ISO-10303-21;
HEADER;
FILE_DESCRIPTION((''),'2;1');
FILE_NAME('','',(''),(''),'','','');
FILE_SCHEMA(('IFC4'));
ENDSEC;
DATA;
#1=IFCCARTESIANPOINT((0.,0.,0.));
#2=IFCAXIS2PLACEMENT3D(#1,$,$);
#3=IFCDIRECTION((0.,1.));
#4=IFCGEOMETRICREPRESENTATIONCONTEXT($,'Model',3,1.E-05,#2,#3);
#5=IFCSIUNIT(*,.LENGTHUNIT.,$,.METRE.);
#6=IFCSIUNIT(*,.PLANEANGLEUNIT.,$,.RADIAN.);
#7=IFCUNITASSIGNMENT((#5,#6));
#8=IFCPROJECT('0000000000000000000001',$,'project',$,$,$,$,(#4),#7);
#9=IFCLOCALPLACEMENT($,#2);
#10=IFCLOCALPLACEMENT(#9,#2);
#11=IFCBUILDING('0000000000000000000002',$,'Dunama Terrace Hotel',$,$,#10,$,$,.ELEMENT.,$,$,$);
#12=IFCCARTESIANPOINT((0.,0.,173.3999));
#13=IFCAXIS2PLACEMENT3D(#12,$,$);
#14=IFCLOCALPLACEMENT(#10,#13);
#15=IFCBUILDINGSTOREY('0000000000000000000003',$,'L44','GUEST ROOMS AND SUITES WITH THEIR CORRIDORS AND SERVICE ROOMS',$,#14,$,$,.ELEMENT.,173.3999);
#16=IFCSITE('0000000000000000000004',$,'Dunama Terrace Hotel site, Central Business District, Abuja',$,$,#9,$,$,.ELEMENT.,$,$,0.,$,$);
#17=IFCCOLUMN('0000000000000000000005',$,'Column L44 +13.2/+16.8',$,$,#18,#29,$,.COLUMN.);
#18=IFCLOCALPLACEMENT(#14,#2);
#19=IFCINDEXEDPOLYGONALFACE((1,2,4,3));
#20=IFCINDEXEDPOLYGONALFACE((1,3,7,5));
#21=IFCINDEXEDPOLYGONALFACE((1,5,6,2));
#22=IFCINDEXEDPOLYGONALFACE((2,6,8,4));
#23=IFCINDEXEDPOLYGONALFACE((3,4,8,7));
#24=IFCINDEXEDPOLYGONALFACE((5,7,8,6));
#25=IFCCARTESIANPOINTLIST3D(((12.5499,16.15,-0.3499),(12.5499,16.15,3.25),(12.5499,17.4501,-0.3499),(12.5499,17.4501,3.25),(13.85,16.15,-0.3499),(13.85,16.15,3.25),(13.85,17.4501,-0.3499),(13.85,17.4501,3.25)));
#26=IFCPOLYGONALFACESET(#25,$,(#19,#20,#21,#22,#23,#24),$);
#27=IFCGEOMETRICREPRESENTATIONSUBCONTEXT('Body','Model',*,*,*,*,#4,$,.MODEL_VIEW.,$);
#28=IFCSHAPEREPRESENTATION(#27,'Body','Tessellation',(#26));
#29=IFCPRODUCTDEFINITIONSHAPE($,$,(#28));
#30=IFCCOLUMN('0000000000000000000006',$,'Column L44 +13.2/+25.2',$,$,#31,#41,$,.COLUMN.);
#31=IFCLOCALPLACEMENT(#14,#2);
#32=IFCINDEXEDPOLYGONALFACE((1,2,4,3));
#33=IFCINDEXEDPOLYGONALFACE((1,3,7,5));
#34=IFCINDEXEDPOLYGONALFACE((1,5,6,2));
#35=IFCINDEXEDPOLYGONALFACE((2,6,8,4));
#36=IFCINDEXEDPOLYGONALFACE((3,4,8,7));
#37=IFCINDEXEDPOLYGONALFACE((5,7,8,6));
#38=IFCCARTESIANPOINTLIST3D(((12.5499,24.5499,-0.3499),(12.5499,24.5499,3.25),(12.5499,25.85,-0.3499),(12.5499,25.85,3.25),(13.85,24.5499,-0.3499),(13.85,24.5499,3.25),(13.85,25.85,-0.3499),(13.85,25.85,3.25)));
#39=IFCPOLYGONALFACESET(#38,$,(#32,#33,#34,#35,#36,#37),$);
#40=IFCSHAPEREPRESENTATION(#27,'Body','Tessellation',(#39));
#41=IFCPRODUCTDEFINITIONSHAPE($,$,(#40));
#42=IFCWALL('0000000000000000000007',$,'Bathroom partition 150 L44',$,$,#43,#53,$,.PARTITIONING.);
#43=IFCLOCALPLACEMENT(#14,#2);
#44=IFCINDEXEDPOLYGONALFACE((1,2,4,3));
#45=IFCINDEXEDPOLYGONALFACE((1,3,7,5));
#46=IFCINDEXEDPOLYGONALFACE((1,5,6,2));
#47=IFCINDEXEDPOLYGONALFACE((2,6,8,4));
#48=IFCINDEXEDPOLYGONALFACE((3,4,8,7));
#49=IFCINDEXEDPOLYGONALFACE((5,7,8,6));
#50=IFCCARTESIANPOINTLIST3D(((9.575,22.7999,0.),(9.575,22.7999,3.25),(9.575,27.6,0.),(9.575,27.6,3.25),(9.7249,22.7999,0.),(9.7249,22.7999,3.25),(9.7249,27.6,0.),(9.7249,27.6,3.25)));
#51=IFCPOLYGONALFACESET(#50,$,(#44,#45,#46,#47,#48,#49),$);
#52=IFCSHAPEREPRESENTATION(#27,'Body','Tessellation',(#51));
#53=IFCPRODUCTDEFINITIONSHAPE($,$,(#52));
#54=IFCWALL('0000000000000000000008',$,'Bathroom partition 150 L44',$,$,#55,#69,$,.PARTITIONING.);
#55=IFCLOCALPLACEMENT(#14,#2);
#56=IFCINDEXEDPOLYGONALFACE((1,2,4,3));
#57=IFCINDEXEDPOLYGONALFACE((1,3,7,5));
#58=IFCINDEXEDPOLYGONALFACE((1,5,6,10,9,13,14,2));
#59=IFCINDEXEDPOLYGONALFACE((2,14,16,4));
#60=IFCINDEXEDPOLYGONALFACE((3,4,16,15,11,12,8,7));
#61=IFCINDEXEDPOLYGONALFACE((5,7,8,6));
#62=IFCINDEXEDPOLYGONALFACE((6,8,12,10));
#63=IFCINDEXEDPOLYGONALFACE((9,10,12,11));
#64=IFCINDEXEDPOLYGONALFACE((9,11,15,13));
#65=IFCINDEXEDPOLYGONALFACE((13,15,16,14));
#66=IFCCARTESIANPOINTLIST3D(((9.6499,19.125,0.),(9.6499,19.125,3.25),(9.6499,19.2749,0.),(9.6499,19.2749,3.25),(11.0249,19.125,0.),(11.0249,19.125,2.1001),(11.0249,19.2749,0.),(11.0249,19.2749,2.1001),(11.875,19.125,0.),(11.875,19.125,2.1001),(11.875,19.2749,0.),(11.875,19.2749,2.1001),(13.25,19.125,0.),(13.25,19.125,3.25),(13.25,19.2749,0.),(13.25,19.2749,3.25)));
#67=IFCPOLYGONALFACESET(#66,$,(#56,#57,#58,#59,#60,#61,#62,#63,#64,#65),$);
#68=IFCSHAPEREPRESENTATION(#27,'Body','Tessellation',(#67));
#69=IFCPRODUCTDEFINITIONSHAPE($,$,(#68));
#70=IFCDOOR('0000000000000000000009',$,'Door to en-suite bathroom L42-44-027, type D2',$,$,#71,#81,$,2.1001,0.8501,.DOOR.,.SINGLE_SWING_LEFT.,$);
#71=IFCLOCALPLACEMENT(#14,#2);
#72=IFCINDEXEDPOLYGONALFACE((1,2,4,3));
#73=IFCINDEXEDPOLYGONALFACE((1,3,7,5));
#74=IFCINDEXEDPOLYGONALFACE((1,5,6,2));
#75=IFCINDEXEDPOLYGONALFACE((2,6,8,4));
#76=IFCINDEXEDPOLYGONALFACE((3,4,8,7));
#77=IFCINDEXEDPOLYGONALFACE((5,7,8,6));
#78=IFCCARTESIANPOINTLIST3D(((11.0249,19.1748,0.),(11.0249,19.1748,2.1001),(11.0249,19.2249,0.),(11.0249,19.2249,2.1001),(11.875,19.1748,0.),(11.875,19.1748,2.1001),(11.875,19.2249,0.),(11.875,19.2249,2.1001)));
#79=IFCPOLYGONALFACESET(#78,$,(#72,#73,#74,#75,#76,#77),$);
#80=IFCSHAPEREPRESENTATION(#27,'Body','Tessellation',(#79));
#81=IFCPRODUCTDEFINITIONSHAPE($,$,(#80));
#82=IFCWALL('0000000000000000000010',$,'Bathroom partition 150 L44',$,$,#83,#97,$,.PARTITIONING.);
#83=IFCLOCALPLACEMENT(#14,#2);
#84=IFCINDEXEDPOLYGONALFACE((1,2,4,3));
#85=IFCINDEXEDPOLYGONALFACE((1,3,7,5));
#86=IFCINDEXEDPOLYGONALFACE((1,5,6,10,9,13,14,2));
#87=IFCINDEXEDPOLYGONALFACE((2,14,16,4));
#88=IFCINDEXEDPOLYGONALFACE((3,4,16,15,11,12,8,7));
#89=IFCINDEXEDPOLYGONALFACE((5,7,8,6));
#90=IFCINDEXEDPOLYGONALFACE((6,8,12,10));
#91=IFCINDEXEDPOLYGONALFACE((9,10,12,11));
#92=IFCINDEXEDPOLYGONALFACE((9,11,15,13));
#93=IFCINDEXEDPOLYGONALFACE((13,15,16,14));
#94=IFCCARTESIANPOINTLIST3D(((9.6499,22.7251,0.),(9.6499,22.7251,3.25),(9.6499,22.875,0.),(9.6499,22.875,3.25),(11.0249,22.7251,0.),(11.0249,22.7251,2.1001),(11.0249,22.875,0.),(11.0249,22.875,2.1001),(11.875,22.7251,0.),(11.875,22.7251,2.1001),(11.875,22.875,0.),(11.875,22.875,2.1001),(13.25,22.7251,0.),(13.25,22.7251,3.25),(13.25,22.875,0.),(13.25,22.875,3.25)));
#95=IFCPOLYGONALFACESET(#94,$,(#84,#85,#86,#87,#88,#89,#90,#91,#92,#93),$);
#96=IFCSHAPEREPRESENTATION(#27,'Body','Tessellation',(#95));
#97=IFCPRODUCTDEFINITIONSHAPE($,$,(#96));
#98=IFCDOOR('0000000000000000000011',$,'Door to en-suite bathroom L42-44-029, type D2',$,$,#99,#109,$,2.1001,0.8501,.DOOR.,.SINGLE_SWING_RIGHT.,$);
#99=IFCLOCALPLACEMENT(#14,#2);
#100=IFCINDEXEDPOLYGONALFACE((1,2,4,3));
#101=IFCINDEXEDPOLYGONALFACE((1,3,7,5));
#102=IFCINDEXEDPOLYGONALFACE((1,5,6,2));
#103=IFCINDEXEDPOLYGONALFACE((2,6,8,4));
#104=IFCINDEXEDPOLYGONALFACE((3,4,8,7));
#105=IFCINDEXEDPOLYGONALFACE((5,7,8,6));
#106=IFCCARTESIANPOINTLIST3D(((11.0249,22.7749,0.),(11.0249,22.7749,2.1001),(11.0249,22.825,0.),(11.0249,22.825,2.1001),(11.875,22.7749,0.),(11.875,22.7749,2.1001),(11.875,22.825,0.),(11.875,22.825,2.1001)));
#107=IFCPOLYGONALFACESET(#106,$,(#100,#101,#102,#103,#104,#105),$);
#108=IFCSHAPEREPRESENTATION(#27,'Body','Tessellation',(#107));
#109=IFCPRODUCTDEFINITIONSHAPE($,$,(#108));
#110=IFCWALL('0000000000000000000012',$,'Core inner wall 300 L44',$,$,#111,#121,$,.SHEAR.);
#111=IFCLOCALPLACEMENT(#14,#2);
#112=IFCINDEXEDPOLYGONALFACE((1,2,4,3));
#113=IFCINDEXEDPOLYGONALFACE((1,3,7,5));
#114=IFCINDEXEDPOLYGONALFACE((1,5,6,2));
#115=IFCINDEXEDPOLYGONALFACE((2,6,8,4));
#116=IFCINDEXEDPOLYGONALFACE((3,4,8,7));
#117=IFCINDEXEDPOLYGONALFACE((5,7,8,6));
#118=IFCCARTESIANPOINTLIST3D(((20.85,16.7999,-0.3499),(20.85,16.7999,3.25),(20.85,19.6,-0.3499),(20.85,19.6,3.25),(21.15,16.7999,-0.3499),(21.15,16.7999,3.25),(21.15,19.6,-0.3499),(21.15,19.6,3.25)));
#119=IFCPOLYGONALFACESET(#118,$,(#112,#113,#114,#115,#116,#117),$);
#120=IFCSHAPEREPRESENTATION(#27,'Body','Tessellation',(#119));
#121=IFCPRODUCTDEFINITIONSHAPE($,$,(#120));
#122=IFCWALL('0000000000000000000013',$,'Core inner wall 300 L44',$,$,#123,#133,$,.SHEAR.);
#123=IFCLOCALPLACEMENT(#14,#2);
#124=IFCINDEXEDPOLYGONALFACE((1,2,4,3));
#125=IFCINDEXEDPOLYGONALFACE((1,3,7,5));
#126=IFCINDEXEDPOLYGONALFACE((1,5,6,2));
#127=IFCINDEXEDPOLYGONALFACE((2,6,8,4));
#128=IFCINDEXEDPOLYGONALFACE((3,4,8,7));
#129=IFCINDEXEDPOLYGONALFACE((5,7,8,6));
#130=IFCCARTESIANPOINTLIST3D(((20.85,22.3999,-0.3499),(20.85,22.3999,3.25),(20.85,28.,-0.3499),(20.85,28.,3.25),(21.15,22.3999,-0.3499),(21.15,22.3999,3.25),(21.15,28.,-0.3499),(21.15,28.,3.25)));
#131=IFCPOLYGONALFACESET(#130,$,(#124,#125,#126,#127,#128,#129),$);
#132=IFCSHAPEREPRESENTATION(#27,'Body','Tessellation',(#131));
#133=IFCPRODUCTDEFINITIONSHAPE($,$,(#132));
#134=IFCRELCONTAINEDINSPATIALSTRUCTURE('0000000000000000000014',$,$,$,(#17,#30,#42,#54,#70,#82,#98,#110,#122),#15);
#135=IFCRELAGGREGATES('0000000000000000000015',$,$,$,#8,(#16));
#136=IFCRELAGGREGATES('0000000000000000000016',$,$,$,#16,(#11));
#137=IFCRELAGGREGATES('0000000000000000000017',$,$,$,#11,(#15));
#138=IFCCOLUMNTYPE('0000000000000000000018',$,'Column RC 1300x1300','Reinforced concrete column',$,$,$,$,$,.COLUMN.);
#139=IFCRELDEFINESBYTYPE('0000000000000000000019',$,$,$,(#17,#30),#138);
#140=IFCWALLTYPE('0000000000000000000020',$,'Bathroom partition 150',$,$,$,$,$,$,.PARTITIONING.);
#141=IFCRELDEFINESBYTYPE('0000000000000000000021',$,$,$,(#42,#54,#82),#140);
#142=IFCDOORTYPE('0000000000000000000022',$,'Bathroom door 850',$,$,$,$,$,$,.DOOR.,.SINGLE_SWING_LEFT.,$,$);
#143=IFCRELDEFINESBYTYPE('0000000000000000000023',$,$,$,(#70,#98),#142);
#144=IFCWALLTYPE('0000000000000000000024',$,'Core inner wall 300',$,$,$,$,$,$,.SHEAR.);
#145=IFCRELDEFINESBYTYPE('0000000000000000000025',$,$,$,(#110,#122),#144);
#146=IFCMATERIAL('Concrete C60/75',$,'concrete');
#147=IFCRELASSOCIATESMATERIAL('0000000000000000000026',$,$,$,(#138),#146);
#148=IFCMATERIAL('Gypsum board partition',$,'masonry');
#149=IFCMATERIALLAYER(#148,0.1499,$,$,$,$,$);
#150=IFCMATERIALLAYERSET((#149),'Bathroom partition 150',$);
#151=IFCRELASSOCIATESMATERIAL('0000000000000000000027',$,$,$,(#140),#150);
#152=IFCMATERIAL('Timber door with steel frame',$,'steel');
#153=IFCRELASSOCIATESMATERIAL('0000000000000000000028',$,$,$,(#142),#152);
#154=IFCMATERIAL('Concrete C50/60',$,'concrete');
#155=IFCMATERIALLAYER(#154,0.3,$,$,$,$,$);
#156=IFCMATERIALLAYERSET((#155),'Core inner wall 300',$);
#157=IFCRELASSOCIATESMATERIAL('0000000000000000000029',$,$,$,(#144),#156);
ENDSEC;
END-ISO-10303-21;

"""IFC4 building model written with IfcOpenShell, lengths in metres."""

from ifc_helpers import new_model, si_unit, direction, frame, frame_2d, origin, origin_2d, place, context, subcontext, project, spatial, rectangle, extrude, material, layer, layer_set, material_profile, profile_set, type_object, element, fill, save


model = new_model("IFC4")

# Units and contexts
model_context = context("Model", 3, precision=1e-05, world=origin(), true_north=direction((0.0, 1.0)))
body_context = subcontext(model_context, "Body", "Model", "MODEL_VIEW")
ifc_project = project(units=[si_unit("LENGTHUNIT", "METRE"), si_unit("PLANEANGLEUNIT", "RADIAN")], contexts=[model_context])

# Site, building, storey
site_placement = place(None, origin())
site = spatial("IfcSite", under=ifc_project, at=site_placement, Name="Dunama Terrace Hotel site, Central Business District, Abuja", CompositionType="ELEMENT", RefElevation=0.0)
building_placement = place(site_placement, origin())
building = spatial("IfcBuilding", under=site, at=building_placement, Name="Dunama Terrace Hotel", CompositionType="ELEMENT")
storey_placement = place(building_placement, frame((0.0, 0.0, 173.3999)))
storey = spatial("IfcBuildingStorey", under=building, at=storey_placement, Name="L44", Description="GUEST ROOMS AND SUITES WITH THEIR CORRIDORS AND SERVICE ROOMS", CompositionType="ELEMENT", Elevation=173.3999)

# Columns
ifc_material_1 = material(Name="Concrete C60/75", Category="concrete")
ifc_material_profile = material_profile(ifc_material_1, rectangle(XDim=1.3, YDim=1.3, at=origin_2d()), Name="RC 1300x1300")
ifc_profile_set = profile_set([ifc_material_profile], Name="Concrete C60/75")
column_type = type_object("IfcColumnType", Name="Column RC 1300x1300", Description="Reinforced concrete column", PredefinedType="COLUMN", material=ifc_profile_set)
for number, where, z_axis, x_axis, name in (
    (1, (13.2, 16.8, -0.3499), (0.0, 0.0, 1.0), (1.0, 0.0, 0.0), "Column L44 +13.2/+16.8"),
    (2, (13.2, 25.2, -0.3499), (0.0, 0.0, 1.0), (1.0, 0.0, 0.0), "Column L44 +13.2/+25.2"),
):
    element("IfcColumn", number, at=place(storey_placement, frame(where, z_axis=z_axis, x_axis=x_axis)), inside=storey, type_object=column_type, Name=name, PredefinedType="COLUMN", context=body_context, shape_type="SweptSolid", body=[
        extrude(rectangle(XDim=1.3, YDim=1.3, at=origin_2d()), origin(), (0.0, 0.0, 1.0), 3.5999),
    ])

# Wall
ifc_material_2 = material(Name="Gypsum board partition", Category="masonry")
ifc_layer_1 = layer(ifc_material_2, 0.1499)
ifc_layer_set_1 = layer_set([ifc_layer_1], Name="Bathroom partition 150")
wall_type_1 = type_object("IfcWallType", Name="Bathroom partition 150", PredefinedType="PARTITIONING", material=ifc_layer_set_1)
wall_1_placement = place(storey_placement, frame((9.6499, 22.8, 0.0), z_axis=(0.0, 0.0, 1.0), x_axis=(0.0, 1.0, 0.0)))
element("IfcWall", 3, at=wall_1_placement, inside=storey, type_object=wall_type_1, Name="Bathroom partition 150 L44", PredefinedType="PARTITIONING", context=body_context, shape_type="SweptSolid", body=[
    extrude(rectangle(XDim=4.8, YDim=0.1499, at=frame_2d((2.3999, 0.0))), origin(), (0.0, 0.0, 1.0), 3.25),
])

# Walls, openings, doors
wall_2_placement = place(storey_placement, frame((9.6499, 19.2, 0.0), z_axis=(0.0, 0.0, 1.0), x_axis=(1.0, 0.0, 0.0)))
wall_2 = element("IfcWall", 4, at=wall_2_placement, inside=storey, type_object=wall_type_1, Name="Bathroom partition 150 L44", PredefinedType="PARTITIONING", context=body_context, shape_type="SweptSolid", body=[
    extrude(rectangle(XDim=3.6001, YDim=0.1499, at=frame_2d((1.8, 0.0))), origin(), (0.0, 0.0, 1.0), 3.25),
])
opening_1_placement = place(wall_2_placement, frame((1.375, 0.0, 0.0)))
opening_1 = element("IfcOpeningElement", 5, at=opening_1_placement, cuts=wall_2, PredefinedType="OPENING", context=body_context, shape_type="SweptSolid", body=[
    extrude(rectangle(XDim=0.8501, YDim=2.1001, at=frame_2d((0.425, 1.05))), frame((0.0, 0.085, 0.0), z_axis=(0.0, -1.0, 0.0), x_axis=(1.0, 0.0, 0.0)), (0.0, 0.0, 1.0), 0.1699),
])
ifc_material_3 = material(Name="Timber door with steel frame", Category="steel")
door_type_1 = type_object("IfcDoorType", Name="Bathroom door 850", OperationType="SINGLE_SWING_LEFT", PredefinedType="DOOR", material=ifc_material_3)
door_1_placement = place(opening_1_placement, frame((0.8501, 0.0, 0.0), z_axis=(0.0, 0.0, 1.0), x_axis=(-1.0, 0.0, 0.0)))
door_1 = element("IfcDoor", 6, at=door_1_placement, inside=storey, type_object=door_type_1, Name="Door to en-suite bathroom L42-44-027, type D2", OperationType="SINGLE_SWING_LEFT", OverallHeight=2.1001, OverallWidth=0.8501, PredefinedType="DOOR", context=body_context, shape_type="SweptSolid", body=[
    extrude(rectangle(XDim=0.8501, YDim=2.1001, at=frame_2d((0.425, 1.05))), frame((0.0, 0.0251, 0.0), z_axis=(0.0, -1.0, 0.0), x_axis=(1.0, 0.0, 0.0)), (0.0, 0.0, 1.0), 0.05),
])
fill(opening_1, door_1)
wall_3_placement = place(storey_placement, frame((9.6499, 22.8, 0.0), z_axis=(0.0, 0.0, 1.0), x_axis=(1.0, 0.0, 0.0)))
wall_3 = element("IfcWall", 7, at=wall_3_placement, inside=storey, type_object=wall_type_1, Name="Bathroom partition 150 L44", PredefinedType="PARTITIONING", context=body_context, shape_type="SweptSolid", body=[
    extrude(rectangle(XDim=3.6001, YDim=0.1499, at=frame_2d((1.8, 0.0))), origin(), (0.0, 0.0, 1.0), 3.25),
])
opening_2_placement = place(wall_3_placement, frame((1.375, 0.0, 0.0)))
opening_2 = element("IfcOpeningElement", 8, at=opening_2_placement, cuts=wall_3, PredefinedType="OPENING", context=body_context, shape_type="SweptSolid", body=[
    extrude(rectangle(XDim=0.8501, YDim=2.1001, at=frame_2d((0.425, 1.05))), frame((0.0, 0.085, 0.0), z_axis=(0.0, -1.0, 0.0), x_axis=(1.0, 0.0, 0.0)), (0.0, 0.0, 1.0), 0.1699),
])
door_2_placement = place(opening_2_placement, origin())
door_2 = element("IfcDoor", 9, at=door_2_placement, inside=storey, type_object=door_type_1, Name="Door to en-suite bathroom L42-44-029, type D2", OperationType="SINGLE_SWING_RIGHT", OverallHeight=2.1001, OverallWidth=0.8501, PredefinedType="DOOR", context=body_context, shape_type="SweptSolid", body=[
    extrude(rectangle(XDim=0.8501, YDim=2.1001, at=frame_2d((0.425, 1.05))), frame((0.0, 0.0249, 0.0), z_axis=(0.0, -1.0, 0.0), x_axis=(1.0, 0.0, 0.0)), (0.0, 0.0, 1.0), 0.05),
])
fill(opening_2, door_2)

# Walls
ifc_material_4 = material(Name="Concrete C50/60", Category="concrete")
ifc_layer_2 = layer(ifc_material_4, 0.3)
ifc_layer_set_2 = layer_set([ifc_layer_2], Name="Core inner wall 300")
wall_type_2 = type_object("IfcWallType", Name="Core inner wall 300", PredefinedType="SHEAR", material=ifc_layer_set_2)
wall_4_placement = place(storey_placement, frame((21.0, 16.8, -0.3499), z_axis=(0.0, 0.0, 1.0), x_axis=(0.0, 1.0, 0.0)))
element("IfcWall", 10, at=wall_4_placement, inside=storey, type_object=wall_type_2, Name="Core inner wall 300 L44", PredefinedType="SHEAR", context=body_context, shape_type="SweptSolid", body=[
    extrude(rectangle(XDim=2.8, YDim=0.3, at=frame_2d((1.3999, 0.0))), origin(), (0.0, 0.0, 1.0), 3.5999),
])
wall_5_placement = place(storey_placement, frame((21.0, 22.3999, -0.3499), z_axis=(0.0, 0.0, 1.0), x_axis=(0.0, 1.0, 0.0)))
element("IfcWall", 11, at=wall_5_placement, inside=storey, type_object=wall_type_2, Name="Core inner wall 300 L44", PredefinedType="SHEAR", context=body_context, shape_type="SweptSolid", body=[
    extrude(rectangle(XDim=5.6001, YDim=0.3, at=frame_2d((2.8, 0.0))), origin(), (0.0, 0.0, 1.0), 3.5999),
])

save(model, "model.ifc")
